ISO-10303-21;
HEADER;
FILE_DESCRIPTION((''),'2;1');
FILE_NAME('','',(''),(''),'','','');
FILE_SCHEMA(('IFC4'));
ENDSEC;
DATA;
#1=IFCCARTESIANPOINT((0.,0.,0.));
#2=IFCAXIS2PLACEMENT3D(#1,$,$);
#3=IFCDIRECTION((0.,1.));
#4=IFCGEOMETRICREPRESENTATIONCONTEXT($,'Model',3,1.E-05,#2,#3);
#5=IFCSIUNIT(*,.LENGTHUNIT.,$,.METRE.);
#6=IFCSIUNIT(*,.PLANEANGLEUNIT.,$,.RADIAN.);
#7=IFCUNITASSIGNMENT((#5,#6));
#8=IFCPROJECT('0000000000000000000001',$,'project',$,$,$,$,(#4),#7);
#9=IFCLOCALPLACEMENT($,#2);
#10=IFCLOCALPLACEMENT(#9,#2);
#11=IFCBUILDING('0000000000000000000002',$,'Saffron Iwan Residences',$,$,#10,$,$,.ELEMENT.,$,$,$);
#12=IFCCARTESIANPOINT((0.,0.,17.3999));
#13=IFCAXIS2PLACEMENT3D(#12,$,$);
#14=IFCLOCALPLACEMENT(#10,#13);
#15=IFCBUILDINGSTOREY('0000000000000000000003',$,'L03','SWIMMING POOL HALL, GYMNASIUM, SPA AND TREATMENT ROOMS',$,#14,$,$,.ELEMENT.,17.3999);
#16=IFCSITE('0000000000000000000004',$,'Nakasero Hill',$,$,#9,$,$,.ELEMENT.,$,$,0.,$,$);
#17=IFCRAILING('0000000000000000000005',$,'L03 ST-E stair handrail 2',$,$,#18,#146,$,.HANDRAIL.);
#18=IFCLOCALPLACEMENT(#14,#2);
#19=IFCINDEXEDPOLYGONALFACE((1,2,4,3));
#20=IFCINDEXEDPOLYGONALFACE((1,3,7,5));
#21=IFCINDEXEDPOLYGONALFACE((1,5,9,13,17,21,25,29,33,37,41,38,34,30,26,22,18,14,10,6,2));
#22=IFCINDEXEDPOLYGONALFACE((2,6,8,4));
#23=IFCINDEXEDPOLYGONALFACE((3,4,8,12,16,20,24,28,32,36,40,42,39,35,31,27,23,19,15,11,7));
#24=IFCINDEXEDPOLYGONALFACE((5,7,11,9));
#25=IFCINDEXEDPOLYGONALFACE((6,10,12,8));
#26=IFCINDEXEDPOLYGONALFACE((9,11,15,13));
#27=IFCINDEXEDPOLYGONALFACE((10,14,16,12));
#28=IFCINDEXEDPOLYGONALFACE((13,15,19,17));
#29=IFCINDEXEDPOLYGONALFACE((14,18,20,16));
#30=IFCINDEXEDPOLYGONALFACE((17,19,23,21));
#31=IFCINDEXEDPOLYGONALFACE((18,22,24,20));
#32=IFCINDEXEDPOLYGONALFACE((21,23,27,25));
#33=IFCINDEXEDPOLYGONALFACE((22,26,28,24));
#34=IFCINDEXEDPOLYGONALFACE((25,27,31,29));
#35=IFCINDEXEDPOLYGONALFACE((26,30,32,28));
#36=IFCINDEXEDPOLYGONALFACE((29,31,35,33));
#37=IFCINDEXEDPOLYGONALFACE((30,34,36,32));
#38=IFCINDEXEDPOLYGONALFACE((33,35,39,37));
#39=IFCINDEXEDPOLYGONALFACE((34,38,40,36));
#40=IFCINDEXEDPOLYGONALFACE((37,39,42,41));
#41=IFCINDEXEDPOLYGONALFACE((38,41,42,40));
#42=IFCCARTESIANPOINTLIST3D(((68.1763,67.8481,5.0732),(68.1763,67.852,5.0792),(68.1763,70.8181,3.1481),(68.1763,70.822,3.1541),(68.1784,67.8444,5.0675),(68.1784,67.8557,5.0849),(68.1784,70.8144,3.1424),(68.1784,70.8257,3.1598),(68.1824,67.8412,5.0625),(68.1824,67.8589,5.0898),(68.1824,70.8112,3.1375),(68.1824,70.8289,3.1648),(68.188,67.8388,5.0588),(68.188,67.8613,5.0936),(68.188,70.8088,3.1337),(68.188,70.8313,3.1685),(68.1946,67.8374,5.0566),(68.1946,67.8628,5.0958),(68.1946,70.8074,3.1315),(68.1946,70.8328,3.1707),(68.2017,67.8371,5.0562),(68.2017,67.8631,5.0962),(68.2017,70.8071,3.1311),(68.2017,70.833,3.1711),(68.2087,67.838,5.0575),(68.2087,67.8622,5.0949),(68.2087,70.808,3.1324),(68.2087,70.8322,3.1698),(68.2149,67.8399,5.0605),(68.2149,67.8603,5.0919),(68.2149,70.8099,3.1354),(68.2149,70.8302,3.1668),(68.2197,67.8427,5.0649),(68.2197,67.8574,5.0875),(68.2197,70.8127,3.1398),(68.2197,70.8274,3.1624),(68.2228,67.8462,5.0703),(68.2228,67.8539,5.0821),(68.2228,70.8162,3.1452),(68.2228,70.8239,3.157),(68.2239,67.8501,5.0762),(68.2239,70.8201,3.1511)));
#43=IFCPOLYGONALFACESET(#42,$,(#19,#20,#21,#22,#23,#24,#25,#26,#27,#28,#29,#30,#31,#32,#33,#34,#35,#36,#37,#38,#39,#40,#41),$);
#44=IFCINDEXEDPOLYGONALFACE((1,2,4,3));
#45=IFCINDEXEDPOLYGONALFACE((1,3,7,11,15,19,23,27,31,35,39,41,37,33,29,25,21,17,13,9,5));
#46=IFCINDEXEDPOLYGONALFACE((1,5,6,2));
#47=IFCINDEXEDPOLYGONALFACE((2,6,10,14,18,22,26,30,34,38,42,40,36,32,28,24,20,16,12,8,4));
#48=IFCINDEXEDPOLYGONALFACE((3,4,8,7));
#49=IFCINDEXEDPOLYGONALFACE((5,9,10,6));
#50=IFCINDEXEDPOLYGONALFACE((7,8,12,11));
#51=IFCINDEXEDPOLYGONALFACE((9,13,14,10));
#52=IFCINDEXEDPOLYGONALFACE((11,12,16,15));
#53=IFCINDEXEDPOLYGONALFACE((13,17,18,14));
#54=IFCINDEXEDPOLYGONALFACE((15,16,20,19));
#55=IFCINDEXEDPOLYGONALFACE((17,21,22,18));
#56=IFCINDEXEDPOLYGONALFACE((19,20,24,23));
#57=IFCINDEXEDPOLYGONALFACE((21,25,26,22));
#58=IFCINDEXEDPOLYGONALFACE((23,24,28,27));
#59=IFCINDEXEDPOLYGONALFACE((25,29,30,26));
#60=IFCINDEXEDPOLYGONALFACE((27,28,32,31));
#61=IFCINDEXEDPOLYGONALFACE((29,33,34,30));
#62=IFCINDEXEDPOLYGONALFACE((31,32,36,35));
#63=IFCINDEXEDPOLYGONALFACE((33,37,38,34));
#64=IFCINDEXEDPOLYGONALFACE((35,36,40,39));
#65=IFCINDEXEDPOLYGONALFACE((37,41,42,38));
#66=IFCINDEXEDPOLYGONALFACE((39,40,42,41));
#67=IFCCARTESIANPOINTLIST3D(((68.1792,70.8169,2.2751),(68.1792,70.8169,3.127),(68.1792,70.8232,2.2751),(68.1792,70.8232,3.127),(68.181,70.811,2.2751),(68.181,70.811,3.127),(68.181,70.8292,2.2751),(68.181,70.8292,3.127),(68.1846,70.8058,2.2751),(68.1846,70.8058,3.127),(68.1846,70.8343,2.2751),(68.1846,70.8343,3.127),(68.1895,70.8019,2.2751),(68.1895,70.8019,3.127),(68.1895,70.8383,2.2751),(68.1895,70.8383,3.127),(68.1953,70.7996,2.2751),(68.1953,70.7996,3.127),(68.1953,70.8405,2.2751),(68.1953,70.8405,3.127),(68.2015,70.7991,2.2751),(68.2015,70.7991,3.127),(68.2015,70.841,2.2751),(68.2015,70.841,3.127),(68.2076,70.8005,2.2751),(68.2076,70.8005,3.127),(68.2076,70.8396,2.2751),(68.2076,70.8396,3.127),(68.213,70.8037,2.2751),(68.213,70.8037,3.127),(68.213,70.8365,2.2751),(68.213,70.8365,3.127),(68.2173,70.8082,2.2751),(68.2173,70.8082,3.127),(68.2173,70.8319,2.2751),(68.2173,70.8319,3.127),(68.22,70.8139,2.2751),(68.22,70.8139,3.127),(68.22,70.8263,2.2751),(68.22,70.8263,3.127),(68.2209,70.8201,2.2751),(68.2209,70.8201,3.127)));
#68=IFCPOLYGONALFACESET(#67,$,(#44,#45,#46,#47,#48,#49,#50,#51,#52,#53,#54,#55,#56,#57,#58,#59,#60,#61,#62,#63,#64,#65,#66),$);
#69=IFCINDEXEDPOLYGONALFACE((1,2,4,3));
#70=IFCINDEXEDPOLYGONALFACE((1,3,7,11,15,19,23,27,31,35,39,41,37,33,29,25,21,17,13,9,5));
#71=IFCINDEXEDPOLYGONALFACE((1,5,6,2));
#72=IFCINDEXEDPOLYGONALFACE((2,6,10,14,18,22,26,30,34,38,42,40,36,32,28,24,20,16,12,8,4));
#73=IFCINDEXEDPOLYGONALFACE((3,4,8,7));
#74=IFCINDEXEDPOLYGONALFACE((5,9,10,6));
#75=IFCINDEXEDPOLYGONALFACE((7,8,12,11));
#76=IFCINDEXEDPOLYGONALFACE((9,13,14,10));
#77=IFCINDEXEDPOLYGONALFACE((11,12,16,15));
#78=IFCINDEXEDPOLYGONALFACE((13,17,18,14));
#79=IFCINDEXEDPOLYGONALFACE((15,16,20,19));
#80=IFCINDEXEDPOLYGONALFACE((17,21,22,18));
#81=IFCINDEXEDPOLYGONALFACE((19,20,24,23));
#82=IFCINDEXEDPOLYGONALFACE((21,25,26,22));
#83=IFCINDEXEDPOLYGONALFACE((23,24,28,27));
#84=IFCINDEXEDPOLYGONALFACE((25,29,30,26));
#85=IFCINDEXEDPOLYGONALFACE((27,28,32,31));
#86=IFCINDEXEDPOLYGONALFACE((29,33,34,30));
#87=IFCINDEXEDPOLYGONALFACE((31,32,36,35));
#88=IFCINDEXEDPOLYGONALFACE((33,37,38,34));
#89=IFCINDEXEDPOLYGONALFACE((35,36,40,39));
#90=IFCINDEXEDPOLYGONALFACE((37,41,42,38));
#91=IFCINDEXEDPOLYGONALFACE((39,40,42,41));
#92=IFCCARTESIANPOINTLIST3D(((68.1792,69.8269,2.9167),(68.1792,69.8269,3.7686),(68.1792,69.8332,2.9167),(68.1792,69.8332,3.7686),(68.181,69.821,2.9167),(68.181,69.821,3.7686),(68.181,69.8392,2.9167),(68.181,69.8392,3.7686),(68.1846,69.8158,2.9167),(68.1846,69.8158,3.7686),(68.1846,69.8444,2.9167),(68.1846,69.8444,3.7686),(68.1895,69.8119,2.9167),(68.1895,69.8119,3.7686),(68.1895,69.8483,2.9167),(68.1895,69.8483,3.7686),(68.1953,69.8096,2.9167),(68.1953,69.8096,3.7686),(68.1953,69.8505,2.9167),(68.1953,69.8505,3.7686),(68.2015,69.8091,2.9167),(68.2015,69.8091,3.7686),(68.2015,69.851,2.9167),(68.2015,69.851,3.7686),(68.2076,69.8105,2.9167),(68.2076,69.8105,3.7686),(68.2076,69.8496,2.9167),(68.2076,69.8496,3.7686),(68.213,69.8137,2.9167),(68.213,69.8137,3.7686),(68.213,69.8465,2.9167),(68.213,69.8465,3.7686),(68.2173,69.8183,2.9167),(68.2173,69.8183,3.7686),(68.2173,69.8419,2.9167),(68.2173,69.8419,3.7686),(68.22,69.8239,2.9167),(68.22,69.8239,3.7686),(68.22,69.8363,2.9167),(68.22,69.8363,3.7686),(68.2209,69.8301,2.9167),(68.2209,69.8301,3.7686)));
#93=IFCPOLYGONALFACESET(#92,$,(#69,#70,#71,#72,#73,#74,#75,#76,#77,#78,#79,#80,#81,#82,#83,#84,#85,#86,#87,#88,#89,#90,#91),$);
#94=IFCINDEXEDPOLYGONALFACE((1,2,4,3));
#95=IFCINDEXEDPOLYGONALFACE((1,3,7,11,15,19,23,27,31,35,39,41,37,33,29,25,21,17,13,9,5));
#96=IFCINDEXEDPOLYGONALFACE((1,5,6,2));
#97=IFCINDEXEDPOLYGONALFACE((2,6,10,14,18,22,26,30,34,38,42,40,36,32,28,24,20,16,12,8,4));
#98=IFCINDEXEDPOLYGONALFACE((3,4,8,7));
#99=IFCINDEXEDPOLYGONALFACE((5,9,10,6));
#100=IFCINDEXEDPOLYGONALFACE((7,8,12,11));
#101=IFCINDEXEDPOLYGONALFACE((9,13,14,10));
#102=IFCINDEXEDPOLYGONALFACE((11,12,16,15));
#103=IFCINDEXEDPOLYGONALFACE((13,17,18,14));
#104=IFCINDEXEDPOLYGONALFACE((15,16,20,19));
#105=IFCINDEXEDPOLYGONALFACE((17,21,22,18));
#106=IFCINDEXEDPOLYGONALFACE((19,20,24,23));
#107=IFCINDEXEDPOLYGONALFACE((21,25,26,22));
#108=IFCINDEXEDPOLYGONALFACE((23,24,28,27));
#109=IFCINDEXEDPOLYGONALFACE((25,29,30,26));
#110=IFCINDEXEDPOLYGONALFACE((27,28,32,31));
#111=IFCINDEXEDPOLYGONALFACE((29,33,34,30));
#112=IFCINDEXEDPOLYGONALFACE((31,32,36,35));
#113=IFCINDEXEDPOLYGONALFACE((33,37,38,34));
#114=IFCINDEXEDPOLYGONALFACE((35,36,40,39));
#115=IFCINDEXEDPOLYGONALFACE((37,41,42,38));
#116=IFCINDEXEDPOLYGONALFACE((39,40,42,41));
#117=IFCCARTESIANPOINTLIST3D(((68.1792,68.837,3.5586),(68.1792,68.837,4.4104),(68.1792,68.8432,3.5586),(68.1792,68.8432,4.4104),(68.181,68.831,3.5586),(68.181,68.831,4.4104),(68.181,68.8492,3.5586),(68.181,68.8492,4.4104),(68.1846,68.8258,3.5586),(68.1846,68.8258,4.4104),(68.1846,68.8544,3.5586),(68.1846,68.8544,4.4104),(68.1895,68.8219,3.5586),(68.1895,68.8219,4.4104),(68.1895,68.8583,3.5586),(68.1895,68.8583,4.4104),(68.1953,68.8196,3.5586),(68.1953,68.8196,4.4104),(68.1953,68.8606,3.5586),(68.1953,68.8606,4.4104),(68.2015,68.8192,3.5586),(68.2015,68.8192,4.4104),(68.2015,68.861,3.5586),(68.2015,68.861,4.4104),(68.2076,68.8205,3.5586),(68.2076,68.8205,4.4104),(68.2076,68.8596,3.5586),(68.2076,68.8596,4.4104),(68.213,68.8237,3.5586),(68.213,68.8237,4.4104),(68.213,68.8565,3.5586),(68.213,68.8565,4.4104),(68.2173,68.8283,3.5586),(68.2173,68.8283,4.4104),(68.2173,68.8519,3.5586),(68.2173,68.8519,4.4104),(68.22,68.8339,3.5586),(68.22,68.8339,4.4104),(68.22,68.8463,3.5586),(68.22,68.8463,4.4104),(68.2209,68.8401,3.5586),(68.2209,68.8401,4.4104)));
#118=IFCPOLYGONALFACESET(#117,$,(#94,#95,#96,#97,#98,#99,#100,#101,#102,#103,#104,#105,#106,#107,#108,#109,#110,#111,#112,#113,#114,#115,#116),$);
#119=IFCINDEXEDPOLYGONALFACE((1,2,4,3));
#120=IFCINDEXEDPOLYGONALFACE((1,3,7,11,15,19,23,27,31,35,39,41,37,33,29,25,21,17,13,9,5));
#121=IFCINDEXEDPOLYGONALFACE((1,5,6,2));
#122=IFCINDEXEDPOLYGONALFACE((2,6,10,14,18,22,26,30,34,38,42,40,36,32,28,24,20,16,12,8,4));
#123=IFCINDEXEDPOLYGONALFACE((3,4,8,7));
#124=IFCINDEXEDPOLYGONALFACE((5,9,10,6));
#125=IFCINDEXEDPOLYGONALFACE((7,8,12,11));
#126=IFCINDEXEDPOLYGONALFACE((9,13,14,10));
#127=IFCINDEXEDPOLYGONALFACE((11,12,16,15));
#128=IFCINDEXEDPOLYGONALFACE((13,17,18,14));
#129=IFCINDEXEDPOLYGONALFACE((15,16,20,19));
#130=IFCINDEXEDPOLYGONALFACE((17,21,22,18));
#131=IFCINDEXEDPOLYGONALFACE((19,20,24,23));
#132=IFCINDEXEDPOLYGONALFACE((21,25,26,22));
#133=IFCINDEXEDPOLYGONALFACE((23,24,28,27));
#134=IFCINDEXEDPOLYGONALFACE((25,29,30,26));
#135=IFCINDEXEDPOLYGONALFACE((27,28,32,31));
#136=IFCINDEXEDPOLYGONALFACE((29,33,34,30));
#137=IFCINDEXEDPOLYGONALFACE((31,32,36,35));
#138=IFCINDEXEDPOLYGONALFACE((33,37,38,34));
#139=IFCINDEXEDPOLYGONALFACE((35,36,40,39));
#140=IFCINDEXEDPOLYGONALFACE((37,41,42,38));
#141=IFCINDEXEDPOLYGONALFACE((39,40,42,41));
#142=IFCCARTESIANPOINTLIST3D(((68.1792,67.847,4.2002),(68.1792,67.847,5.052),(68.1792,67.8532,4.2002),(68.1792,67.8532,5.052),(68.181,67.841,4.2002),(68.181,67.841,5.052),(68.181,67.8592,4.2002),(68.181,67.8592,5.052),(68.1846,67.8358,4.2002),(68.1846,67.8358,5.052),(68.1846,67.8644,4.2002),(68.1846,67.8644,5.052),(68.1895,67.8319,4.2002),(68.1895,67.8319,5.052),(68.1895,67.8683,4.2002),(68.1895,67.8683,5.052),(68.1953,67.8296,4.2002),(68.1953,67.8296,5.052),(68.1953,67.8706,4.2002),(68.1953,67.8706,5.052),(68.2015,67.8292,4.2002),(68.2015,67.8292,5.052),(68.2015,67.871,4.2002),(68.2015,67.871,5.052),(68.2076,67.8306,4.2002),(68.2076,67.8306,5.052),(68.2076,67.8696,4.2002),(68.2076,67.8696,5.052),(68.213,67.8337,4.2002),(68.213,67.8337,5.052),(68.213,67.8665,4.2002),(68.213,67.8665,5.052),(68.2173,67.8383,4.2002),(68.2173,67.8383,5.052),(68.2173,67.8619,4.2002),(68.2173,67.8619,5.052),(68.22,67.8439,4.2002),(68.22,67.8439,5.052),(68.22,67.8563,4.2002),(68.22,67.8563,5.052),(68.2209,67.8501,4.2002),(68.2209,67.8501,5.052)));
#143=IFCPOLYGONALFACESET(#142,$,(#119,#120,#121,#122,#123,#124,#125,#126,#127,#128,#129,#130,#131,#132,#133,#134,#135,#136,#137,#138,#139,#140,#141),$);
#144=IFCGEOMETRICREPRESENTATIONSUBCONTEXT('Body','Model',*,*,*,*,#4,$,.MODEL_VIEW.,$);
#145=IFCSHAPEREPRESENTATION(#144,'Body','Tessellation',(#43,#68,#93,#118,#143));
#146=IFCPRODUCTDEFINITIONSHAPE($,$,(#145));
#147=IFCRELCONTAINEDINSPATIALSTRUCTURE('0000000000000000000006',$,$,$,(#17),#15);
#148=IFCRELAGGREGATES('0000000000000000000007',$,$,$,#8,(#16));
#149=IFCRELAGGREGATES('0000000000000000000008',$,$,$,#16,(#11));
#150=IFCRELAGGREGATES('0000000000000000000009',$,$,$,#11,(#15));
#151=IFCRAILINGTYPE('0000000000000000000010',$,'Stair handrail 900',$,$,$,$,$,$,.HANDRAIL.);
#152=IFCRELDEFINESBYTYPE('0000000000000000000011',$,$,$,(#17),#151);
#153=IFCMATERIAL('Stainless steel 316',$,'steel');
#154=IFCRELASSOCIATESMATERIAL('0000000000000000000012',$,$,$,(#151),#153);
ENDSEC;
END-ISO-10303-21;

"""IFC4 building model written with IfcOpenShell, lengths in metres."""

from ifc_helpers import new_model, si_unit, direction, frame, origin, origin_2d, place, context, subcontext, project, spatial, circle, extrude, material, type_object, element, save


model = new_model("IFC4")

# Units and contexts
model_context = context("Model", 3, precision=1e-05, world=origin(), true_north=direction((0.0, 1.0)))
body_context = subcontext(model_context, "Body", "Model", "MODEL_VIEW")
ifc_project = project(units=[si_unit("LENGTHUNIT", "METRE"), si_unit("PLANEANGLEUNIT", "RADIAN")], contexts=[model_context])

# Site, building, storey
site_placement = place(None, origin())
site = spatial("IfcSite", under=ifc_project, at=site_placement, Name="Nakasero Hill", CompositionType="ELEMENT", RefElevation=0.0)
building_placement = place(site_placement, origin())
building = spatial("IfcBuilding", under=site, at=building_placement, Name="Saffron Iwan Residences", CompositionType="ELEMENT")
storey_placement = place(building_placement, frame((0.0, 0.0, 17.3999)))
storey = spatial("IfcBuildingStorey", under=building, at=storey_placement, Name="L03", Description="SWIMMING POOL HALL, GYMNASIUM, SPA AND TREATMENT ROOMS", CompositionType="ELEMENT", Elevation=17.3999)

# Railing
ifc_material_1 = material(Name="Stainless steel 316", Category="steel")
railing_type_1 = type_object("IfcRailingType", Name="Stair handrail 900", PredefinedType="HANDRAIL", material=ifc_material_1)
railing_1_placement = place(storey_placement, frame((68.2, 70.8201, 2.2751)))
element("IfcRailing", 1, at=railing_1_placement, inside=storey, type_object=railing_type_1, Name="L03 ST-E stair handrail 2", PredefinedType="HANDRAIL", context=body_context, shape_type="SweptSolid", body=[
    extrude(circle(Radius=0.0239, at=origin_2d()), frame((0.0, 0.0, 0.876), z_axis=(0.0, -0.839144, 0.543909), x_axis=(1.0, 0.0, 0.0)), (0.0, 0.0, 1.0), 3.5393),
    extrude(circle(Radius=0.021, at=origin_2d()), origin(), (0.0, 0.0, 1.0), 0.8518),
    extrude(circle(Radius=0.021, at=origin_2d()), frame((0.0, -0.99, 0.6416)), (0.0, 0.0, 1.0), 0.8518),
    extrude(circle(Radius=0.021, at=origin_2d()), frame((0.0, -1.98, 1.2834)), (0.0, 0.0, 1.0), 0.8518),
    extrude(circle(Radius=0.021, at=origin_2d()), frame((0.0, -2.97, 1.925)), (0.0, 0.0, 1.0), 0.8518),
])

save(model, "model.ifc")
